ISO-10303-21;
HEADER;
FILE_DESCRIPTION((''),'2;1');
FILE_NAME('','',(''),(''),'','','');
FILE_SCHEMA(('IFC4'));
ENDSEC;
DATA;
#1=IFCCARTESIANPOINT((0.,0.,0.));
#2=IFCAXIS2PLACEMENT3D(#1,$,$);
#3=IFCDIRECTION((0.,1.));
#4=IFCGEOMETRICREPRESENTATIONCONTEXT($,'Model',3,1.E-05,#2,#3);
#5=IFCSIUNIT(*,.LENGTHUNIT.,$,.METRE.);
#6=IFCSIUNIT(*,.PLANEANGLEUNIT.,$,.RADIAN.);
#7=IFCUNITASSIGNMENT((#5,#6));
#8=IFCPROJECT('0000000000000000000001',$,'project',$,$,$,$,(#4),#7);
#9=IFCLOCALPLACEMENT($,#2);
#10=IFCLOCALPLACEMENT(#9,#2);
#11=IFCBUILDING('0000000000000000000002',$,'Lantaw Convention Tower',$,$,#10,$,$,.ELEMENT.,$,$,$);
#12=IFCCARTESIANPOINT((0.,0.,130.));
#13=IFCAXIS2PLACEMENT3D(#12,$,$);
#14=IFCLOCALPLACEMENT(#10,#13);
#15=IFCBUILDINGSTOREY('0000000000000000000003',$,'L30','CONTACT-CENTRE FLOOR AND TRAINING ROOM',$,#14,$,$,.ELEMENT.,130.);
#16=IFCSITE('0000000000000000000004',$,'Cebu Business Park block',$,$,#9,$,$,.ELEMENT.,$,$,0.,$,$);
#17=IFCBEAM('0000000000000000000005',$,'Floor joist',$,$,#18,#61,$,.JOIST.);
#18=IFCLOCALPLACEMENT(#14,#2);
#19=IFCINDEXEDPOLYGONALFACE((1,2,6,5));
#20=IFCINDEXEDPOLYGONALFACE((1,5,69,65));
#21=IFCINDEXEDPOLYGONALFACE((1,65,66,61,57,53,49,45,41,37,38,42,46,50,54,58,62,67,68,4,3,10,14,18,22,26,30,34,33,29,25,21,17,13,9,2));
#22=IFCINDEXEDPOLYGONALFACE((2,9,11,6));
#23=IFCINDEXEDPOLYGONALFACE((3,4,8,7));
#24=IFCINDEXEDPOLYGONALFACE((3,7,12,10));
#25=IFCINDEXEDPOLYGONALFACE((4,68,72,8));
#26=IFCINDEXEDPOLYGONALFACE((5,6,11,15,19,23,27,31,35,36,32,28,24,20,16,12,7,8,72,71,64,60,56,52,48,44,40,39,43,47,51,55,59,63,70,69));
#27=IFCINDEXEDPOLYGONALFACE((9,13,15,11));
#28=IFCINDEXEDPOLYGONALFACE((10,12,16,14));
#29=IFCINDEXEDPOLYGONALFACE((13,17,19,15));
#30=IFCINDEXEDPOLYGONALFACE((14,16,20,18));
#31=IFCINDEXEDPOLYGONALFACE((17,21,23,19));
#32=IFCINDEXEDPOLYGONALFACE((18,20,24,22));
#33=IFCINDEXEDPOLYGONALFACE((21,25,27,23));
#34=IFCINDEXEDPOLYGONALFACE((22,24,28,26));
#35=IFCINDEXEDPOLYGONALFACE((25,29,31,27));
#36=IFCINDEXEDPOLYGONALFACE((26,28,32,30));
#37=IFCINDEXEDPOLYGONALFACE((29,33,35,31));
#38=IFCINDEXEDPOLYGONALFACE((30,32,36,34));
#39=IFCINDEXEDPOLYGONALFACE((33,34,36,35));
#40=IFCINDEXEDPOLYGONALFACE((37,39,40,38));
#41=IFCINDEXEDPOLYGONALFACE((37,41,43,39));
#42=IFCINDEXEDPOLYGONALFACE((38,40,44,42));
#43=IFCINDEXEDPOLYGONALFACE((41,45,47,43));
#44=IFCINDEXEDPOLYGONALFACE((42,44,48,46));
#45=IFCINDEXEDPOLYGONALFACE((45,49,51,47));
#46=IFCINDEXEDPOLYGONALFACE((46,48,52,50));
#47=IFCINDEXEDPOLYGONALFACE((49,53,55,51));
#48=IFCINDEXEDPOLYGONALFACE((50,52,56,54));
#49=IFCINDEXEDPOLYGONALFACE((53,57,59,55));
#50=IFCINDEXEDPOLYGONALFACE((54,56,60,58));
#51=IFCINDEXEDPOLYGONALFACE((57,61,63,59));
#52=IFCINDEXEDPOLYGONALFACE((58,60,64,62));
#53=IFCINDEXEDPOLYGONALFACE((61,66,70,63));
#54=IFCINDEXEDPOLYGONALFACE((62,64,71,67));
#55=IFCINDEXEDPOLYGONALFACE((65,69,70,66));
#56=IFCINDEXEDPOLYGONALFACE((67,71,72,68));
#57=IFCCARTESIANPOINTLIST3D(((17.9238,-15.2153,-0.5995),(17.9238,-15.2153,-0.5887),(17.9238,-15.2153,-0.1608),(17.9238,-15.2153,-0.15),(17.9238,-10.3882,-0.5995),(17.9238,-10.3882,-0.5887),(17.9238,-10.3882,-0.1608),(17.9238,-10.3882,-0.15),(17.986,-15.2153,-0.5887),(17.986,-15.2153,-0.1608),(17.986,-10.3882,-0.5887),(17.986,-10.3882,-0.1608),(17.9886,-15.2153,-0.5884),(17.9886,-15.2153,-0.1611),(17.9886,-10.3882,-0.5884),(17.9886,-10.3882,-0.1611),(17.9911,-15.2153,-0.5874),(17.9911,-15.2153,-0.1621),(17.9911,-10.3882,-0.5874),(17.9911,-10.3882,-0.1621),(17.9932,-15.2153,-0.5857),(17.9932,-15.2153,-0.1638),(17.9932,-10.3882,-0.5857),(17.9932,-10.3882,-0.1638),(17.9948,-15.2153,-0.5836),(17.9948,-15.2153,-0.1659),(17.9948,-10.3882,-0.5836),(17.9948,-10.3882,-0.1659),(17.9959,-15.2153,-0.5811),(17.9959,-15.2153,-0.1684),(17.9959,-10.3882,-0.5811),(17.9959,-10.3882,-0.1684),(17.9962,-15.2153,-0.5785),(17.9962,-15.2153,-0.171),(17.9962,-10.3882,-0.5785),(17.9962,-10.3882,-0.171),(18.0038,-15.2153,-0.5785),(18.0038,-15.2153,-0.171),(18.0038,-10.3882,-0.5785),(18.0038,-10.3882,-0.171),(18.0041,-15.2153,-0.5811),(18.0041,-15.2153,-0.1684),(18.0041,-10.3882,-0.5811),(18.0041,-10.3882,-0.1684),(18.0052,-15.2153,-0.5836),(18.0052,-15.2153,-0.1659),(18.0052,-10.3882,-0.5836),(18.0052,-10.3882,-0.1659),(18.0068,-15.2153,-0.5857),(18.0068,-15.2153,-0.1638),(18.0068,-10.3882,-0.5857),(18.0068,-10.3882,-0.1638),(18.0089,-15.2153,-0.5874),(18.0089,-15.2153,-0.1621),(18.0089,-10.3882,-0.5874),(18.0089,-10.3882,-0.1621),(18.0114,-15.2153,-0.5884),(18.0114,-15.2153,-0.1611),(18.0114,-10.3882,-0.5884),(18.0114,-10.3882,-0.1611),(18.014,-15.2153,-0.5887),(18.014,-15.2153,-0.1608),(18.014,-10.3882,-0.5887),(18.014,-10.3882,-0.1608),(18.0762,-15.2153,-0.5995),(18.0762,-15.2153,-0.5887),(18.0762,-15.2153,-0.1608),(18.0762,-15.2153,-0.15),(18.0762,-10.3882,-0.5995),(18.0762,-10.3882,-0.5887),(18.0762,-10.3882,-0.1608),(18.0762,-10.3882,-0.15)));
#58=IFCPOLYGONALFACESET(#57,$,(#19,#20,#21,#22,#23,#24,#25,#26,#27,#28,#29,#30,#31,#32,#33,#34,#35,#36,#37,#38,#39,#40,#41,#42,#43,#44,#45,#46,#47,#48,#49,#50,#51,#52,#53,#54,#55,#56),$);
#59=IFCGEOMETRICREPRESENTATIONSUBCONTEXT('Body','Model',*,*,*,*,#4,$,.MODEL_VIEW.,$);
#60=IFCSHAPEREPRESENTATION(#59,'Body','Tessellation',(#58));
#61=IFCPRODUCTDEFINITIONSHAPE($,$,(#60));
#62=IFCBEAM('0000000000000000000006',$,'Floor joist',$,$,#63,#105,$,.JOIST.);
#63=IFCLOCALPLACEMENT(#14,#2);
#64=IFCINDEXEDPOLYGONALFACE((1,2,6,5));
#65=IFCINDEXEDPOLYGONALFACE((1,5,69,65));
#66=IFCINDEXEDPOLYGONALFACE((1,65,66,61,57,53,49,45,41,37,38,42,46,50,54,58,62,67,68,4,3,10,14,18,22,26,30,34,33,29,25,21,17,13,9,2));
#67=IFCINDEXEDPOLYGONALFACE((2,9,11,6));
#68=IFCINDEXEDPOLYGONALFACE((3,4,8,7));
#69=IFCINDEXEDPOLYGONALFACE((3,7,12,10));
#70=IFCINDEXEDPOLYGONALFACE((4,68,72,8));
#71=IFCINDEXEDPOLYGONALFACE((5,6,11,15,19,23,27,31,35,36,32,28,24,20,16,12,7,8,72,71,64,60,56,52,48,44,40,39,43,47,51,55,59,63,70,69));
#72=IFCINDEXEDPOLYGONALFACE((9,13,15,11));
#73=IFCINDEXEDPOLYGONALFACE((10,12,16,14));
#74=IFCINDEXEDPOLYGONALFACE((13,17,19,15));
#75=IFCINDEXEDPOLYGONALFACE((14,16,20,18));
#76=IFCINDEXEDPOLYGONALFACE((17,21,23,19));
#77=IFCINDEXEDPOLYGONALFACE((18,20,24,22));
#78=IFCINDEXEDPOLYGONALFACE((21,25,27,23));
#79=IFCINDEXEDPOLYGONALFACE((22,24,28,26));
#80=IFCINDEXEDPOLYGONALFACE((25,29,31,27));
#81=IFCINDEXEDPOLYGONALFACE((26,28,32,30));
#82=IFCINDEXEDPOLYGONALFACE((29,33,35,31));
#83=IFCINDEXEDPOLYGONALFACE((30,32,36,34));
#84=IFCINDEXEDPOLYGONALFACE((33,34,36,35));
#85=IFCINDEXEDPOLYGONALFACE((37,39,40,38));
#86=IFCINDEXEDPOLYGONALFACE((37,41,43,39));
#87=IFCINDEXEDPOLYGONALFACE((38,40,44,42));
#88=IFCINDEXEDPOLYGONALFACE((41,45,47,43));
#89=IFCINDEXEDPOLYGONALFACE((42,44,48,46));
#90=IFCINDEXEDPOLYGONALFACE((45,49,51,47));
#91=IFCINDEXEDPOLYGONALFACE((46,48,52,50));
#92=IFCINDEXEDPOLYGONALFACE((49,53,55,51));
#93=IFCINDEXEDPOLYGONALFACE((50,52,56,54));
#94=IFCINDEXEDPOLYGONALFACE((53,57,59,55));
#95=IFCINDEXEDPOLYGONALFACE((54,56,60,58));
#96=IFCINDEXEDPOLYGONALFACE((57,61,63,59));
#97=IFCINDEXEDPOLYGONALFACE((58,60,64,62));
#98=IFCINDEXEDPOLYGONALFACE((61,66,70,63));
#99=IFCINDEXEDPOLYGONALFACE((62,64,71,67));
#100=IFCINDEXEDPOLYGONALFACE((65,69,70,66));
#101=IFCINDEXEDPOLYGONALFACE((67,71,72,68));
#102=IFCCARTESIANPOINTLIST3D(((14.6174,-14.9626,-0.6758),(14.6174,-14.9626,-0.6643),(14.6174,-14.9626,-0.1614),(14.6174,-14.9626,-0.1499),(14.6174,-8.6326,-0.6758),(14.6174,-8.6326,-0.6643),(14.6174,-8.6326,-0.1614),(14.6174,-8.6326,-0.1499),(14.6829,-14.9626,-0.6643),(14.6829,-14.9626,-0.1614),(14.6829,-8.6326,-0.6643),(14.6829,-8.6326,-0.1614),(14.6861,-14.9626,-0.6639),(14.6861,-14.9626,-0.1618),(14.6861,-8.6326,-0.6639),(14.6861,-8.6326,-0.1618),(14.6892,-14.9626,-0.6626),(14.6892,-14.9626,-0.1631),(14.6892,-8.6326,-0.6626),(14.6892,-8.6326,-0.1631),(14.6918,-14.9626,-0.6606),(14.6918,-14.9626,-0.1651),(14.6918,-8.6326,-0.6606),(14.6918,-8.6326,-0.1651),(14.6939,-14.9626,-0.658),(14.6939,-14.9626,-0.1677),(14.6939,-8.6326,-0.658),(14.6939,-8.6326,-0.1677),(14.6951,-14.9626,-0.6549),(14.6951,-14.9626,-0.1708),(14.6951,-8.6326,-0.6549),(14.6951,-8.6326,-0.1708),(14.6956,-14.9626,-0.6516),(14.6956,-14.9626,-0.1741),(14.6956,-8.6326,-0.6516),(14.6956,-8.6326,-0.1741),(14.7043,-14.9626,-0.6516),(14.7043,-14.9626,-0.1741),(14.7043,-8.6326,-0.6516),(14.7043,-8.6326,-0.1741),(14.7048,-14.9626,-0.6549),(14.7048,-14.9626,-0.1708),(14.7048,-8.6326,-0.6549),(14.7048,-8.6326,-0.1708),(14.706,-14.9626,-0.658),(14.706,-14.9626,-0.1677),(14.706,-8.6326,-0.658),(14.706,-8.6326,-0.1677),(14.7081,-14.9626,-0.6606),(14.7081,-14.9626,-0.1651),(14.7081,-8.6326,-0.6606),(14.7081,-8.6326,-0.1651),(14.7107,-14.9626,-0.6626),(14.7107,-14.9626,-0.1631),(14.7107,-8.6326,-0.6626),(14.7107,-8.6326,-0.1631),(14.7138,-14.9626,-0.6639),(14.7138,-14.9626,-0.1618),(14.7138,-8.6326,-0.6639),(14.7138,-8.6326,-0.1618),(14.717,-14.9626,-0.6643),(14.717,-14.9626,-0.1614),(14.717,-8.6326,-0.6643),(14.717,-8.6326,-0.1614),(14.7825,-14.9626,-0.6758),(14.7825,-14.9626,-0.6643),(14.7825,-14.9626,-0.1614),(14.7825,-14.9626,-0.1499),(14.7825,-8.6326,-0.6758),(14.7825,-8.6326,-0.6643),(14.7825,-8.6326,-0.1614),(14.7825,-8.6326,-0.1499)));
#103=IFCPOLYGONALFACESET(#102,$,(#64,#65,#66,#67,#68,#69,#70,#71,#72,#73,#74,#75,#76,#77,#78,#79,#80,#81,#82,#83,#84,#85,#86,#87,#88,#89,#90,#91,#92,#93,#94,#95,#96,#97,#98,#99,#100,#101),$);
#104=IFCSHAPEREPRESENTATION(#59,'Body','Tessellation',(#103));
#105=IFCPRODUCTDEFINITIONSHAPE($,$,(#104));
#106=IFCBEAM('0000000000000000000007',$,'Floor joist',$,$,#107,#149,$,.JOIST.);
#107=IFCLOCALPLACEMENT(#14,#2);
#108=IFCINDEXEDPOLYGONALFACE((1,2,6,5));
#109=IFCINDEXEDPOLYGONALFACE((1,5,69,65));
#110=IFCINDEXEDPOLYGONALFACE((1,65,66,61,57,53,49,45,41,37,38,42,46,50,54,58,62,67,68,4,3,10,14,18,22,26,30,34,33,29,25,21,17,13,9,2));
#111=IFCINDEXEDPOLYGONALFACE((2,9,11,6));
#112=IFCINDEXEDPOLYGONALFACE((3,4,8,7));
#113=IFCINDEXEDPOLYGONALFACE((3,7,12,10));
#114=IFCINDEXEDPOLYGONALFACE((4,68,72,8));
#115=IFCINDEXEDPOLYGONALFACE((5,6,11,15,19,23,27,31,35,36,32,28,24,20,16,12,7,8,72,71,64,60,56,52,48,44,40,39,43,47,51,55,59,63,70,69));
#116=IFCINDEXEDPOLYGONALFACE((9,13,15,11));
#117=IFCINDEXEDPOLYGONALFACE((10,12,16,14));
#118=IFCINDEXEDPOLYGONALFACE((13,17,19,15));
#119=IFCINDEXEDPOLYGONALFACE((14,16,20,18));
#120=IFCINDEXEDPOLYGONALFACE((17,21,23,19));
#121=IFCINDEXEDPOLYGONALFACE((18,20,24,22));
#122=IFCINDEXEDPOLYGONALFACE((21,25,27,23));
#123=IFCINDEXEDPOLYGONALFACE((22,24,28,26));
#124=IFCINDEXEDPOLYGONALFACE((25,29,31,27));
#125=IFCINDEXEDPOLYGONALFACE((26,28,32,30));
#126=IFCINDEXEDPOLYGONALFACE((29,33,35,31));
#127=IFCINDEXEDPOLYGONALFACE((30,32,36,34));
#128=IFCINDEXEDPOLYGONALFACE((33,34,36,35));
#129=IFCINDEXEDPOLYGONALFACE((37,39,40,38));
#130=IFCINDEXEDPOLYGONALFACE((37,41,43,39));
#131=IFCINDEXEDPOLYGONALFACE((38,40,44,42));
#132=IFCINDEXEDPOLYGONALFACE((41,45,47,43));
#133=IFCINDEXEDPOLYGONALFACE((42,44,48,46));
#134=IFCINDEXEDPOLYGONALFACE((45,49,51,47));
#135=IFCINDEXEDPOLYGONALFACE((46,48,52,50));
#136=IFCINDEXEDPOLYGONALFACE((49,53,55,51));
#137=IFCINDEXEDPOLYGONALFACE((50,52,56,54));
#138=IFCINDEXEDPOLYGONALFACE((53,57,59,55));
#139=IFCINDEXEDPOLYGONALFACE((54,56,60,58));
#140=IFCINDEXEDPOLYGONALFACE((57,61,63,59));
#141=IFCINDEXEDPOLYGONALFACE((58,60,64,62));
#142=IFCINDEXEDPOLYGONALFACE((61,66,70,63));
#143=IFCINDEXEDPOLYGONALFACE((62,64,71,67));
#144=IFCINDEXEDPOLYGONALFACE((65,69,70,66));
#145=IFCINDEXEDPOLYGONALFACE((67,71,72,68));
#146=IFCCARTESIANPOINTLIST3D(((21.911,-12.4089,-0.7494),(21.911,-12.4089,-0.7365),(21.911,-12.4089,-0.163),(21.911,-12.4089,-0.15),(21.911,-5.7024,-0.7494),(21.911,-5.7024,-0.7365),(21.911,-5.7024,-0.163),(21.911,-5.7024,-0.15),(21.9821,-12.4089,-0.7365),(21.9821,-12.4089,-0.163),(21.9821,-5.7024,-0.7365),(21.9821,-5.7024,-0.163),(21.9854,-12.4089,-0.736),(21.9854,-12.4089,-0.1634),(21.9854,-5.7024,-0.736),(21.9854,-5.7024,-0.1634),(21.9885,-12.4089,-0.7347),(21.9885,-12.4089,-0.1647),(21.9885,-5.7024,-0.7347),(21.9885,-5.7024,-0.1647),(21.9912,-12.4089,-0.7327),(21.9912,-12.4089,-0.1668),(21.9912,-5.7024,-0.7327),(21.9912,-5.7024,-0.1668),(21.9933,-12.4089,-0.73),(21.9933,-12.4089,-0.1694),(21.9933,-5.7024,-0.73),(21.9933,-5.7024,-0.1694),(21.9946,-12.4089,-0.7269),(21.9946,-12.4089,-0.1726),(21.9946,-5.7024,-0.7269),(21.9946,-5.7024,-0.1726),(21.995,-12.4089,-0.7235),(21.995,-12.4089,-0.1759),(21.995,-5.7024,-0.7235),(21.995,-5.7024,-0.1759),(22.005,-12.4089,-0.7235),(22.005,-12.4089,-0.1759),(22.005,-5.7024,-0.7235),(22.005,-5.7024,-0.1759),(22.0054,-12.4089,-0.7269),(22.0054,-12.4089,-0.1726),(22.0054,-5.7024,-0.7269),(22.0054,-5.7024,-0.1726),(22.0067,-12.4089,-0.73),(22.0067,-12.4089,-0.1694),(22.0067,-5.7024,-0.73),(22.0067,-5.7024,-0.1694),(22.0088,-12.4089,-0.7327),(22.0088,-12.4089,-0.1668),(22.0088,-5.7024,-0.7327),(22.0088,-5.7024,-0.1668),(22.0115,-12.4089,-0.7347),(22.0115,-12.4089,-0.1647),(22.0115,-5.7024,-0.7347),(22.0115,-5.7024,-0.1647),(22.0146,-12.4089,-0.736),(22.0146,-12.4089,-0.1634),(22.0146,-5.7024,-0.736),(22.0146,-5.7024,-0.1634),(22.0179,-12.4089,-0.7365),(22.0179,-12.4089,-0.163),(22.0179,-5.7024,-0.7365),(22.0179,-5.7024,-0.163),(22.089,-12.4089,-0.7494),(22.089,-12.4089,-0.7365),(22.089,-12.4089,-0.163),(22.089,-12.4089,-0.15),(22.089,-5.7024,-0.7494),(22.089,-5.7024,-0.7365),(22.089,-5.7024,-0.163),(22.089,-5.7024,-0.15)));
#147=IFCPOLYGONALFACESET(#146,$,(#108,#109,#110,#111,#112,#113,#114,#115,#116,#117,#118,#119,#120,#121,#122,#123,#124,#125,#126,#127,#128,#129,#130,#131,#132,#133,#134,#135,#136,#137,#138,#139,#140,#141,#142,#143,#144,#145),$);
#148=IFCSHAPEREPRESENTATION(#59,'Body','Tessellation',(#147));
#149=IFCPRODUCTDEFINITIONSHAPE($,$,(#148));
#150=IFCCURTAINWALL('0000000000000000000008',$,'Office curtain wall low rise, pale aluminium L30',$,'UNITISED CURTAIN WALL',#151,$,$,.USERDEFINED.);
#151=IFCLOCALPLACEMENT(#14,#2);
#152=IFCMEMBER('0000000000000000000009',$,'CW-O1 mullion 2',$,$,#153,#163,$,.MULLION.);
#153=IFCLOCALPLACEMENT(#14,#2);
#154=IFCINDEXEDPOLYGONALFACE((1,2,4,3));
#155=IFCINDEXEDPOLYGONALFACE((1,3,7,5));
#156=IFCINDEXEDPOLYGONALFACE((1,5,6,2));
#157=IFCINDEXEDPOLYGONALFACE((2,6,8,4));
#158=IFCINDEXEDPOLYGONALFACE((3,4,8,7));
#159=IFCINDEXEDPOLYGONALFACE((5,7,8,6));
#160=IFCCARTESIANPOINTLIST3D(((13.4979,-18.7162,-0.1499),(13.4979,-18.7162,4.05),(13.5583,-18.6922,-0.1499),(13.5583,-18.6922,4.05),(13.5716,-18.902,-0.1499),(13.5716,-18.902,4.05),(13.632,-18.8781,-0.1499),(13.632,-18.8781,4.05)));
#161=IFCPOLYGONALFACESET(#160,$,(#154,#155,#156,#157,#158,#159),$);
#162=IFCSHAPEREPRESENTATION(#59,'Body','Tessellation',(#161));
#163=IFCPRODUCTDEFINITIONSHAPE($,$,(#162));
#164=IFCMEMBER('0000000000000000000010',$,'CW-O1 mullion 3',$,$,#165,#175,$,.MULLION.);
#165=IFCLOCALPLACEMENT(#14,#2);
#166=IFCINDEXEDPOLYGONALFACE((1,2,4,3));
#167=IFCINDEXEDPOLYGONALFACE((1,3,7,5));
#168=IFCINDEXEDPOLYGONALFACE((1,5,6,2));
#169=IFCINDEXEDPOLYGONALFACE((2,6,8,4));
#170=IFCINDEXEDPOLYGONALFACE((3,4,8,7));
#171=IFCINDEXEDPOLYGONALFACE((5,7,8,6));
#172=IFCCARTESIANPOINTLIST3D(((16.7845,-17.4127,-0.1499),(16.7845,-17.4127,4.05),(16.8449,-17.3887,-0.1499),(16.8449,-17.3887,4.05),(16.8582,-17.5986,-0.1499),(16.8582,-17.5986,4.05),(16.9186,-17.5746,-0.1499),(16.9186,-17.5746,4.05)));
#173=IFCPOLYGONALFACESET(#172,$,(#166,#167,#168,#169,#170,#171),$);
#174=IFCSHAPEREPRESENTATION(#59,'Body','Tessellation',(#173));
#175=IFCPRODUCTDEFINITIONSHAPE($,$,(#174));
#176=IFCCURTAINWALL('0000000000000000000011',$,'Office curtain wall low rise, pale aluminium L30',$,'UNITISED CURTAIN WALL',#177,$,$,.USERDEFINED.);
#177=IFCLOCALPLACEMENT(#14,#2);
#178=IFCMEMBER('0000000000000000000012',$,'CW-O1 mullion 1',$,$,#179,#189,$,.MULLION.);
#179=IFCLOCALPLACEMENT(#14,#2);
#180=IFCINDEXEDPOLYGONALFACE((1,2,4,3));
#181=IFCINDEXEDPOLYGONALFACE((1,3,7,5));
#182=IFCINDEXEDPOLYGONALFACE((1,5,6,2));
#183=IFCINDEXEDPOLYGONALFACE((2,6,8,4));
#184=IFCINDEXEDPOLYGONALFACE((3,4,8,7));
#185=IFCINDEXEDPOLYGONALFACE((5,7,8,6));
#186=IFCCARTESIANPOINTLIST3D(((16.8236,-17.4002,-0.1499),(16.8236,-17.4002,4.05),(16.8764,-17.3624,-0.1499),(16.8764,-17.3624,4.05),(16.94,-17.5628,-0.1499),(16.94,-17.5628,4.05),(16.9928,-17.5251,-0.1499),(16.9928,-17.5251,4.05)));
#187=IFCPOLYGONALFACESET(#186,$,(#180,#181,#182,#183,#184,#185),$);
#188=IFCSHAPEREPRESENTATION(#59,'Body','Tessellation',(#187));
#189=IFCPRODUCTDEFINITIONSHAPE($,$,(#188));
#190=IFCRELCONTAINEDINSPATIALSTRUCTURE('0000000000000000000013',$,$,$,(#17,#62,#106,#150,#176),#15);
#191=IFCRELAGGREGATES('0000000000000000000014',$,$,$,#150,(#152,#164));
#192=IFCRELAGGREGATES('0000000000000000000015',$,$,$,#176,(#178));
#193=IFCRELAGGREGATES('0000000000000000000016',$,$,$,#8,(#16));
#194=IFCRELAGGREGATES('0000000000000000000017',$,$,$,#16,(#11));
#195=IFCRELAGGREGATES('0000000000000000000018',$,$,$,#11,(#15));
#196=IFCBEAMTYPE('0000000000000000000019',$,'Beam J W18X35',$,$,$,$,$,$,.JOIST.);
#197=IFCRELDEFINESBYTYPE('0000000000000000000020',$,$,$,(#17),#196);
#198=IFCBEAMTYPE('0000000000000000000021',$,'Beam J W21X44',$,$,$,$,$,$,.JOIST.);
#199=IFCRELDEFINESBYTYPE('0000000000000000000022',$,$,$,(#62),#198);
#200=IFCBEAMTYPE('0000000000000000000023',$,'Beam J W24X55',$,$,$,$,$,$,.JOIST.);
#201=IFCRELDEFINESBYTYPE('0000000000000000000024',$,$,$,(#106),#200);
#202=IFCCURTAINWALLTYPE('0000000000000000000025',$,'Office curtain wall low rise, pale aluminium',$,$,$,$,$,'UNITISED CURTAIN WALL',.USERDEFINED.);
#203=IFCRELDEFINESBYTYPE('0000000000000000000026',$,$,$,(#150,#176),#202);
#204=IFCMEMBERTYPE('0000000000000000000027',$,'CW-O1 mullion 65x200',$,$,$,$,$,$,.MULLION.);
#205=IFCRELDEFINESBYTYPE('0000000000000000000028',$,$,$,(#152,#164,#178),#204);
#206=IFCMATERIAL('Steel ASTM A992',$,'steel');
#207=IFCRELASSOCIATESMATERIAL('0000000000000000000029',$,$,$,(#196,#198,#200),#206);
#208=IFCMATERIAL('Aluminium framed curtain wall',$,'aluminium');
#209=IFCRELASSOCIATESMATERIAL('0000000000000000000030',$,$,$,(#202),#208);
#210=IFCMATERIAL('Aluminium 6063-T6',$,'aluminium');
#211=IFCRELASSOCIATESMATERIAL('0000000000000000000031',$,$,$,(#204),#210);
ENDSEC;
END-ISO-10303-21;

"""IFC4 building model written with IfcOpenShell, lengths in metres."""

from ifc_helpers import new_model, si_unit, direction, frame, origin, origin_2d, place, context, subcontext, project, spatial, rectangle, i_section, extrude, material, material_profile, profile_set, type_object, element, aggregate, save


model = new_model("IFC4")

# Units and contexts
model_context = context("Model", 3, precision=1e-05, world=origin(), true_north=direction((0.0, 1.0)))
body_context = subcontext(model_context, "Body", "Model", "MODEL_VIEW")
ifc_project = project(units=[si_unit("LENGTHUNIT", "METRE"), si_unit("PLANEANGLEUNIT", "RADIAN")], contexts=[model_context])

# Site, building, storey
site_placement = place(None, origin())
site = spatial("IfcSite", under=ifc_project, at=site_placement, Name="Cebu Business Park block", CompositionType="ELEMENT", RefElevation=0.0)
building_placement = place(site_placement, origin())
building = spatial("IfcBuilding", under=site, at=building_placement, Name="Lantaw Convention Tower", CompositionType="ELEMENT")
storey_placement = place(building_placement, frame((0.0, 0.0, 130.0)))
storey = spatial("IfcBuildingStorey", under=building, at=storey_placement, Name="L30", Description="CONTACT-CENTRE FLOOR AND TRAINING ROOM", CompositionType="ELEMENT", Elevation=130.0)

# Beams
ifc_material_1 = material(Name="Steel ASTM A992", Category="steel")
ifc_material_profile_1 = material_profile(ifc_material_1, i_section(OverallWidth=0.1523, OverallDepth=0.4495, WebThickness=0.0076, FlangeThickness=0.0107, FilletRadius=0.0103, at=origin_2d()), Name="W18X35")
ifc_profile_set_1 = profile_set([ifc_material_profile_1], Name="Steel ASTM A992")
beam_type_1 = type_object("IfcBeamType", Name="Beam J W18X35", PredefinedType="JOIST", material=ifc_profile_set_1)
beam_1_placement = place(storey_placement, frame((18.0, -15.2153, -0.3748), z_axis=(0.0, 1.0, 0.0), x_axis=(-1.0, 0.0, 0.0)))
element("IfcBeam", 1, at=beam_1_placement, inside=storey, type_object=beam_type_1, Name="Floor joist", PredefinedType="JOIST", context=body_context, shape_type="SweptSolid", body=[
    extrude(i_section(OverallWidth=0.1523, OverallDepth=0.4495, WebThickness=0.0076, FlangeThickness=0.0107, FilletRadius=0.0103, at=origin_2d()), origin(), (0.0, 0.0, 1.0), 4.8271),
])
ifc_material_profile_2 = material_profile(ifc_material_1, i_section(OverallWidth=0.165, OverallDepth=0.5259, WebThickness=0.0088, FlangeThickness=0.0115, FilletRadius=0.0127, at=origin_2d()), Name="W21X44")
ifc_profile_set_2 = profile_set([ifc_material_profile_2], Name="Steel ASTM A992")
beam_type_2 = type_object("IfcBeamType", Name="Beam J W21X44", PredefinedType="JOIST", material=ifc_profile_set_2)
beam_2_placement = place(storey_placement, frame((14.7, -14.9626, -0.4128), z_axis=(0.0, 1.0, 0.0), x_axis=(-1.0, 0.0, 0.0)))
element("IfcBeam", 2, at=beam_2_placement, inside=storey, type_object=beam_type_2, Name="Floor joist", PredefinedType="JOIST", context=body_context, shape_type="SweptSolid", body=[
    extrude(i_section(OverallWidth=0.165, OverallDepth=0.5259, WebThickness=0.0088, FlangeThickness=0.0115, FilletRadius=0.0127, at=origin_2d()), origin(), (0.0, 0.0, 1.0), 6.3301),
])
ifc_material_profile_3 = material_profile(ifc_material_1, i_section(OverallWidth=0.178, OverallDepth=0.5994, WebThickness=0.01, FlangeThickness=0.0129, FilletRadius=0.0129, at=origin_2d()), Name="W24X55")
ifc_profile_set_3 = profile_set([ifc_material_profile_3], Name="Steel ASTM A992")
beam_type_3 = type_object("IfcBeamType", Name="Beam J W24X55", PredefinedType="JOIST", material=ifc_profile_set_3)
beam_3_placement = place(storey_placement, frame((22.0, -12.4089, -0.4497), z_axis=(0.0, 1.0, 0.0), x_axis=(-1.0, 0.0, 0.0)))
element("IfcBeam", 3, at=beam_3_placement, inside=storey, type_object=beam_type_3, Name="Floor joist", PredefinedType="JOIST", context=body_context, shape_type="SweptSolid", body=[
    extrude(i_section(OverallWidth=0.178, OverallDepth=0.5994, WebThickness=0.01, FlangeThickness=0.0129, FilletRadius=0.0129, at=origin_2d()), origin(), (0.0, 0.0, 1.0), 6.7065),
])

# Curtain walls, members
ifc_material_2 = material(Name="Aluminium framed curtain wall", Category="aluminium")
curtain_wall_type = type_object("IfcCurtainWallType", Name="Office curtain wall low rise, pale aluminium", ElementType="UNITISED CURTAIN WALL", PredefinedType="USERDEFINED", material=ifc_material_2)
curtain_wall_1_placement = place(storey_placement, origin())
curtain_wall_1 = element("IfcCurtainWall", 4, at=curtain_wall_1_placement, inside=storey, type_object=curtain_wall_type, Name="Office curtain wall low rise, pale aluminium L30", ObjectType="UNITISED CURTAIN WALL", PredefinedType="USERDEFINED")
ifc_material_3 = material(Name="Aluminium 6063-T6", Category="aluminium")
ifc_material_profile_4 = material_profile(ifc_material_3, rectangle(XDim=0.2, YDim=0.0649, at=origin_2d()), Name="CW-O1 mullion 65x200")
ifc_profile_set_4 = profile_set([ifc_material_profile_4], Name="Aluminium 6063-T6")
member_type_1 = type_object("IfcMemberType", Name="CW-O1 mullion 65x200", PredefinedType="MULLION", material=ifc_profile_set_4)
member_1_placement = place(storey_placement, frame((13.5649, -18.7971, -0.1499), z_axis=(0.0, 0.0, 1.0), x_axis=(-0.368702, 0.929548, 0.0)))
member_1 = element("IfcMember", 5, at=member_1_placement, type_object=member_type_1, Name="CW-O1 mullion 2", PredefinedType="MULLION", context=body_context, shape_type="SweptSolid", body=[
    extrude(rectangle(XDim=0.2, YDim=0.0649, at=origin_2d()), origin(), (0.0, 0.0, 1.0), 4.2),
])
member_2_placement = place(storey_placement, frame((16.8516, -17.4937, -0.1499), z_axis=(0.0, 0.0, 1.0), x_axis=(-0.368702, 0.929548, 0.0)))
member_2 = element("IfcMember", 6, at=member_2_placement, type_object=member_type_1, Name="CW-O1 mullion 3", PredefinedType="MULLION", context=body_context, shape_type="SweptSolid", body=[
    extrude(rectangle(XDim=0.2, YDim=0.0649, at=origin_2d()), origin(), (0.0, 0.0, 1.0), 4.2),
])
curtain_wall_2_placement = place(storey_placement, origin())
curtain_wall_2 = element("IfcCurtainWall", 7, at=curtain_wall_2_placement, inside=storey, type_object=curtain_wall_type, Name="Office curtain wall low rise, pale aluminium L30", ObjectType="UNITISED CURTAIN WALL", PredefinedType="USERDEFINED")
member_3_placement = place(storey_placement, frame((16.9082, -17.4626, -0.1499), z_axis=(0.0, 0.0, 1.0), x_axis=(-0.581973, 0.813208, 0.0)))
member_3 = element("IfcMember", 8, at=member_3_placement, type_object=member_type_1, Name="CW-O1 mullion 1", PredefinedType="MULLION", context=body_context, shape_type="SweptSolid", body=[
    extrude(rectangle(XDim=0.2, YDim=0.0649, at=origin_2d()), origin(), (0.0, 0.0, 1.0), 4.2),
])

aggregate(curtain_wall_1, [member_1, member_2])
aggregate(curtain_wall_2, [member_3])

save(model, "model.ifc")
